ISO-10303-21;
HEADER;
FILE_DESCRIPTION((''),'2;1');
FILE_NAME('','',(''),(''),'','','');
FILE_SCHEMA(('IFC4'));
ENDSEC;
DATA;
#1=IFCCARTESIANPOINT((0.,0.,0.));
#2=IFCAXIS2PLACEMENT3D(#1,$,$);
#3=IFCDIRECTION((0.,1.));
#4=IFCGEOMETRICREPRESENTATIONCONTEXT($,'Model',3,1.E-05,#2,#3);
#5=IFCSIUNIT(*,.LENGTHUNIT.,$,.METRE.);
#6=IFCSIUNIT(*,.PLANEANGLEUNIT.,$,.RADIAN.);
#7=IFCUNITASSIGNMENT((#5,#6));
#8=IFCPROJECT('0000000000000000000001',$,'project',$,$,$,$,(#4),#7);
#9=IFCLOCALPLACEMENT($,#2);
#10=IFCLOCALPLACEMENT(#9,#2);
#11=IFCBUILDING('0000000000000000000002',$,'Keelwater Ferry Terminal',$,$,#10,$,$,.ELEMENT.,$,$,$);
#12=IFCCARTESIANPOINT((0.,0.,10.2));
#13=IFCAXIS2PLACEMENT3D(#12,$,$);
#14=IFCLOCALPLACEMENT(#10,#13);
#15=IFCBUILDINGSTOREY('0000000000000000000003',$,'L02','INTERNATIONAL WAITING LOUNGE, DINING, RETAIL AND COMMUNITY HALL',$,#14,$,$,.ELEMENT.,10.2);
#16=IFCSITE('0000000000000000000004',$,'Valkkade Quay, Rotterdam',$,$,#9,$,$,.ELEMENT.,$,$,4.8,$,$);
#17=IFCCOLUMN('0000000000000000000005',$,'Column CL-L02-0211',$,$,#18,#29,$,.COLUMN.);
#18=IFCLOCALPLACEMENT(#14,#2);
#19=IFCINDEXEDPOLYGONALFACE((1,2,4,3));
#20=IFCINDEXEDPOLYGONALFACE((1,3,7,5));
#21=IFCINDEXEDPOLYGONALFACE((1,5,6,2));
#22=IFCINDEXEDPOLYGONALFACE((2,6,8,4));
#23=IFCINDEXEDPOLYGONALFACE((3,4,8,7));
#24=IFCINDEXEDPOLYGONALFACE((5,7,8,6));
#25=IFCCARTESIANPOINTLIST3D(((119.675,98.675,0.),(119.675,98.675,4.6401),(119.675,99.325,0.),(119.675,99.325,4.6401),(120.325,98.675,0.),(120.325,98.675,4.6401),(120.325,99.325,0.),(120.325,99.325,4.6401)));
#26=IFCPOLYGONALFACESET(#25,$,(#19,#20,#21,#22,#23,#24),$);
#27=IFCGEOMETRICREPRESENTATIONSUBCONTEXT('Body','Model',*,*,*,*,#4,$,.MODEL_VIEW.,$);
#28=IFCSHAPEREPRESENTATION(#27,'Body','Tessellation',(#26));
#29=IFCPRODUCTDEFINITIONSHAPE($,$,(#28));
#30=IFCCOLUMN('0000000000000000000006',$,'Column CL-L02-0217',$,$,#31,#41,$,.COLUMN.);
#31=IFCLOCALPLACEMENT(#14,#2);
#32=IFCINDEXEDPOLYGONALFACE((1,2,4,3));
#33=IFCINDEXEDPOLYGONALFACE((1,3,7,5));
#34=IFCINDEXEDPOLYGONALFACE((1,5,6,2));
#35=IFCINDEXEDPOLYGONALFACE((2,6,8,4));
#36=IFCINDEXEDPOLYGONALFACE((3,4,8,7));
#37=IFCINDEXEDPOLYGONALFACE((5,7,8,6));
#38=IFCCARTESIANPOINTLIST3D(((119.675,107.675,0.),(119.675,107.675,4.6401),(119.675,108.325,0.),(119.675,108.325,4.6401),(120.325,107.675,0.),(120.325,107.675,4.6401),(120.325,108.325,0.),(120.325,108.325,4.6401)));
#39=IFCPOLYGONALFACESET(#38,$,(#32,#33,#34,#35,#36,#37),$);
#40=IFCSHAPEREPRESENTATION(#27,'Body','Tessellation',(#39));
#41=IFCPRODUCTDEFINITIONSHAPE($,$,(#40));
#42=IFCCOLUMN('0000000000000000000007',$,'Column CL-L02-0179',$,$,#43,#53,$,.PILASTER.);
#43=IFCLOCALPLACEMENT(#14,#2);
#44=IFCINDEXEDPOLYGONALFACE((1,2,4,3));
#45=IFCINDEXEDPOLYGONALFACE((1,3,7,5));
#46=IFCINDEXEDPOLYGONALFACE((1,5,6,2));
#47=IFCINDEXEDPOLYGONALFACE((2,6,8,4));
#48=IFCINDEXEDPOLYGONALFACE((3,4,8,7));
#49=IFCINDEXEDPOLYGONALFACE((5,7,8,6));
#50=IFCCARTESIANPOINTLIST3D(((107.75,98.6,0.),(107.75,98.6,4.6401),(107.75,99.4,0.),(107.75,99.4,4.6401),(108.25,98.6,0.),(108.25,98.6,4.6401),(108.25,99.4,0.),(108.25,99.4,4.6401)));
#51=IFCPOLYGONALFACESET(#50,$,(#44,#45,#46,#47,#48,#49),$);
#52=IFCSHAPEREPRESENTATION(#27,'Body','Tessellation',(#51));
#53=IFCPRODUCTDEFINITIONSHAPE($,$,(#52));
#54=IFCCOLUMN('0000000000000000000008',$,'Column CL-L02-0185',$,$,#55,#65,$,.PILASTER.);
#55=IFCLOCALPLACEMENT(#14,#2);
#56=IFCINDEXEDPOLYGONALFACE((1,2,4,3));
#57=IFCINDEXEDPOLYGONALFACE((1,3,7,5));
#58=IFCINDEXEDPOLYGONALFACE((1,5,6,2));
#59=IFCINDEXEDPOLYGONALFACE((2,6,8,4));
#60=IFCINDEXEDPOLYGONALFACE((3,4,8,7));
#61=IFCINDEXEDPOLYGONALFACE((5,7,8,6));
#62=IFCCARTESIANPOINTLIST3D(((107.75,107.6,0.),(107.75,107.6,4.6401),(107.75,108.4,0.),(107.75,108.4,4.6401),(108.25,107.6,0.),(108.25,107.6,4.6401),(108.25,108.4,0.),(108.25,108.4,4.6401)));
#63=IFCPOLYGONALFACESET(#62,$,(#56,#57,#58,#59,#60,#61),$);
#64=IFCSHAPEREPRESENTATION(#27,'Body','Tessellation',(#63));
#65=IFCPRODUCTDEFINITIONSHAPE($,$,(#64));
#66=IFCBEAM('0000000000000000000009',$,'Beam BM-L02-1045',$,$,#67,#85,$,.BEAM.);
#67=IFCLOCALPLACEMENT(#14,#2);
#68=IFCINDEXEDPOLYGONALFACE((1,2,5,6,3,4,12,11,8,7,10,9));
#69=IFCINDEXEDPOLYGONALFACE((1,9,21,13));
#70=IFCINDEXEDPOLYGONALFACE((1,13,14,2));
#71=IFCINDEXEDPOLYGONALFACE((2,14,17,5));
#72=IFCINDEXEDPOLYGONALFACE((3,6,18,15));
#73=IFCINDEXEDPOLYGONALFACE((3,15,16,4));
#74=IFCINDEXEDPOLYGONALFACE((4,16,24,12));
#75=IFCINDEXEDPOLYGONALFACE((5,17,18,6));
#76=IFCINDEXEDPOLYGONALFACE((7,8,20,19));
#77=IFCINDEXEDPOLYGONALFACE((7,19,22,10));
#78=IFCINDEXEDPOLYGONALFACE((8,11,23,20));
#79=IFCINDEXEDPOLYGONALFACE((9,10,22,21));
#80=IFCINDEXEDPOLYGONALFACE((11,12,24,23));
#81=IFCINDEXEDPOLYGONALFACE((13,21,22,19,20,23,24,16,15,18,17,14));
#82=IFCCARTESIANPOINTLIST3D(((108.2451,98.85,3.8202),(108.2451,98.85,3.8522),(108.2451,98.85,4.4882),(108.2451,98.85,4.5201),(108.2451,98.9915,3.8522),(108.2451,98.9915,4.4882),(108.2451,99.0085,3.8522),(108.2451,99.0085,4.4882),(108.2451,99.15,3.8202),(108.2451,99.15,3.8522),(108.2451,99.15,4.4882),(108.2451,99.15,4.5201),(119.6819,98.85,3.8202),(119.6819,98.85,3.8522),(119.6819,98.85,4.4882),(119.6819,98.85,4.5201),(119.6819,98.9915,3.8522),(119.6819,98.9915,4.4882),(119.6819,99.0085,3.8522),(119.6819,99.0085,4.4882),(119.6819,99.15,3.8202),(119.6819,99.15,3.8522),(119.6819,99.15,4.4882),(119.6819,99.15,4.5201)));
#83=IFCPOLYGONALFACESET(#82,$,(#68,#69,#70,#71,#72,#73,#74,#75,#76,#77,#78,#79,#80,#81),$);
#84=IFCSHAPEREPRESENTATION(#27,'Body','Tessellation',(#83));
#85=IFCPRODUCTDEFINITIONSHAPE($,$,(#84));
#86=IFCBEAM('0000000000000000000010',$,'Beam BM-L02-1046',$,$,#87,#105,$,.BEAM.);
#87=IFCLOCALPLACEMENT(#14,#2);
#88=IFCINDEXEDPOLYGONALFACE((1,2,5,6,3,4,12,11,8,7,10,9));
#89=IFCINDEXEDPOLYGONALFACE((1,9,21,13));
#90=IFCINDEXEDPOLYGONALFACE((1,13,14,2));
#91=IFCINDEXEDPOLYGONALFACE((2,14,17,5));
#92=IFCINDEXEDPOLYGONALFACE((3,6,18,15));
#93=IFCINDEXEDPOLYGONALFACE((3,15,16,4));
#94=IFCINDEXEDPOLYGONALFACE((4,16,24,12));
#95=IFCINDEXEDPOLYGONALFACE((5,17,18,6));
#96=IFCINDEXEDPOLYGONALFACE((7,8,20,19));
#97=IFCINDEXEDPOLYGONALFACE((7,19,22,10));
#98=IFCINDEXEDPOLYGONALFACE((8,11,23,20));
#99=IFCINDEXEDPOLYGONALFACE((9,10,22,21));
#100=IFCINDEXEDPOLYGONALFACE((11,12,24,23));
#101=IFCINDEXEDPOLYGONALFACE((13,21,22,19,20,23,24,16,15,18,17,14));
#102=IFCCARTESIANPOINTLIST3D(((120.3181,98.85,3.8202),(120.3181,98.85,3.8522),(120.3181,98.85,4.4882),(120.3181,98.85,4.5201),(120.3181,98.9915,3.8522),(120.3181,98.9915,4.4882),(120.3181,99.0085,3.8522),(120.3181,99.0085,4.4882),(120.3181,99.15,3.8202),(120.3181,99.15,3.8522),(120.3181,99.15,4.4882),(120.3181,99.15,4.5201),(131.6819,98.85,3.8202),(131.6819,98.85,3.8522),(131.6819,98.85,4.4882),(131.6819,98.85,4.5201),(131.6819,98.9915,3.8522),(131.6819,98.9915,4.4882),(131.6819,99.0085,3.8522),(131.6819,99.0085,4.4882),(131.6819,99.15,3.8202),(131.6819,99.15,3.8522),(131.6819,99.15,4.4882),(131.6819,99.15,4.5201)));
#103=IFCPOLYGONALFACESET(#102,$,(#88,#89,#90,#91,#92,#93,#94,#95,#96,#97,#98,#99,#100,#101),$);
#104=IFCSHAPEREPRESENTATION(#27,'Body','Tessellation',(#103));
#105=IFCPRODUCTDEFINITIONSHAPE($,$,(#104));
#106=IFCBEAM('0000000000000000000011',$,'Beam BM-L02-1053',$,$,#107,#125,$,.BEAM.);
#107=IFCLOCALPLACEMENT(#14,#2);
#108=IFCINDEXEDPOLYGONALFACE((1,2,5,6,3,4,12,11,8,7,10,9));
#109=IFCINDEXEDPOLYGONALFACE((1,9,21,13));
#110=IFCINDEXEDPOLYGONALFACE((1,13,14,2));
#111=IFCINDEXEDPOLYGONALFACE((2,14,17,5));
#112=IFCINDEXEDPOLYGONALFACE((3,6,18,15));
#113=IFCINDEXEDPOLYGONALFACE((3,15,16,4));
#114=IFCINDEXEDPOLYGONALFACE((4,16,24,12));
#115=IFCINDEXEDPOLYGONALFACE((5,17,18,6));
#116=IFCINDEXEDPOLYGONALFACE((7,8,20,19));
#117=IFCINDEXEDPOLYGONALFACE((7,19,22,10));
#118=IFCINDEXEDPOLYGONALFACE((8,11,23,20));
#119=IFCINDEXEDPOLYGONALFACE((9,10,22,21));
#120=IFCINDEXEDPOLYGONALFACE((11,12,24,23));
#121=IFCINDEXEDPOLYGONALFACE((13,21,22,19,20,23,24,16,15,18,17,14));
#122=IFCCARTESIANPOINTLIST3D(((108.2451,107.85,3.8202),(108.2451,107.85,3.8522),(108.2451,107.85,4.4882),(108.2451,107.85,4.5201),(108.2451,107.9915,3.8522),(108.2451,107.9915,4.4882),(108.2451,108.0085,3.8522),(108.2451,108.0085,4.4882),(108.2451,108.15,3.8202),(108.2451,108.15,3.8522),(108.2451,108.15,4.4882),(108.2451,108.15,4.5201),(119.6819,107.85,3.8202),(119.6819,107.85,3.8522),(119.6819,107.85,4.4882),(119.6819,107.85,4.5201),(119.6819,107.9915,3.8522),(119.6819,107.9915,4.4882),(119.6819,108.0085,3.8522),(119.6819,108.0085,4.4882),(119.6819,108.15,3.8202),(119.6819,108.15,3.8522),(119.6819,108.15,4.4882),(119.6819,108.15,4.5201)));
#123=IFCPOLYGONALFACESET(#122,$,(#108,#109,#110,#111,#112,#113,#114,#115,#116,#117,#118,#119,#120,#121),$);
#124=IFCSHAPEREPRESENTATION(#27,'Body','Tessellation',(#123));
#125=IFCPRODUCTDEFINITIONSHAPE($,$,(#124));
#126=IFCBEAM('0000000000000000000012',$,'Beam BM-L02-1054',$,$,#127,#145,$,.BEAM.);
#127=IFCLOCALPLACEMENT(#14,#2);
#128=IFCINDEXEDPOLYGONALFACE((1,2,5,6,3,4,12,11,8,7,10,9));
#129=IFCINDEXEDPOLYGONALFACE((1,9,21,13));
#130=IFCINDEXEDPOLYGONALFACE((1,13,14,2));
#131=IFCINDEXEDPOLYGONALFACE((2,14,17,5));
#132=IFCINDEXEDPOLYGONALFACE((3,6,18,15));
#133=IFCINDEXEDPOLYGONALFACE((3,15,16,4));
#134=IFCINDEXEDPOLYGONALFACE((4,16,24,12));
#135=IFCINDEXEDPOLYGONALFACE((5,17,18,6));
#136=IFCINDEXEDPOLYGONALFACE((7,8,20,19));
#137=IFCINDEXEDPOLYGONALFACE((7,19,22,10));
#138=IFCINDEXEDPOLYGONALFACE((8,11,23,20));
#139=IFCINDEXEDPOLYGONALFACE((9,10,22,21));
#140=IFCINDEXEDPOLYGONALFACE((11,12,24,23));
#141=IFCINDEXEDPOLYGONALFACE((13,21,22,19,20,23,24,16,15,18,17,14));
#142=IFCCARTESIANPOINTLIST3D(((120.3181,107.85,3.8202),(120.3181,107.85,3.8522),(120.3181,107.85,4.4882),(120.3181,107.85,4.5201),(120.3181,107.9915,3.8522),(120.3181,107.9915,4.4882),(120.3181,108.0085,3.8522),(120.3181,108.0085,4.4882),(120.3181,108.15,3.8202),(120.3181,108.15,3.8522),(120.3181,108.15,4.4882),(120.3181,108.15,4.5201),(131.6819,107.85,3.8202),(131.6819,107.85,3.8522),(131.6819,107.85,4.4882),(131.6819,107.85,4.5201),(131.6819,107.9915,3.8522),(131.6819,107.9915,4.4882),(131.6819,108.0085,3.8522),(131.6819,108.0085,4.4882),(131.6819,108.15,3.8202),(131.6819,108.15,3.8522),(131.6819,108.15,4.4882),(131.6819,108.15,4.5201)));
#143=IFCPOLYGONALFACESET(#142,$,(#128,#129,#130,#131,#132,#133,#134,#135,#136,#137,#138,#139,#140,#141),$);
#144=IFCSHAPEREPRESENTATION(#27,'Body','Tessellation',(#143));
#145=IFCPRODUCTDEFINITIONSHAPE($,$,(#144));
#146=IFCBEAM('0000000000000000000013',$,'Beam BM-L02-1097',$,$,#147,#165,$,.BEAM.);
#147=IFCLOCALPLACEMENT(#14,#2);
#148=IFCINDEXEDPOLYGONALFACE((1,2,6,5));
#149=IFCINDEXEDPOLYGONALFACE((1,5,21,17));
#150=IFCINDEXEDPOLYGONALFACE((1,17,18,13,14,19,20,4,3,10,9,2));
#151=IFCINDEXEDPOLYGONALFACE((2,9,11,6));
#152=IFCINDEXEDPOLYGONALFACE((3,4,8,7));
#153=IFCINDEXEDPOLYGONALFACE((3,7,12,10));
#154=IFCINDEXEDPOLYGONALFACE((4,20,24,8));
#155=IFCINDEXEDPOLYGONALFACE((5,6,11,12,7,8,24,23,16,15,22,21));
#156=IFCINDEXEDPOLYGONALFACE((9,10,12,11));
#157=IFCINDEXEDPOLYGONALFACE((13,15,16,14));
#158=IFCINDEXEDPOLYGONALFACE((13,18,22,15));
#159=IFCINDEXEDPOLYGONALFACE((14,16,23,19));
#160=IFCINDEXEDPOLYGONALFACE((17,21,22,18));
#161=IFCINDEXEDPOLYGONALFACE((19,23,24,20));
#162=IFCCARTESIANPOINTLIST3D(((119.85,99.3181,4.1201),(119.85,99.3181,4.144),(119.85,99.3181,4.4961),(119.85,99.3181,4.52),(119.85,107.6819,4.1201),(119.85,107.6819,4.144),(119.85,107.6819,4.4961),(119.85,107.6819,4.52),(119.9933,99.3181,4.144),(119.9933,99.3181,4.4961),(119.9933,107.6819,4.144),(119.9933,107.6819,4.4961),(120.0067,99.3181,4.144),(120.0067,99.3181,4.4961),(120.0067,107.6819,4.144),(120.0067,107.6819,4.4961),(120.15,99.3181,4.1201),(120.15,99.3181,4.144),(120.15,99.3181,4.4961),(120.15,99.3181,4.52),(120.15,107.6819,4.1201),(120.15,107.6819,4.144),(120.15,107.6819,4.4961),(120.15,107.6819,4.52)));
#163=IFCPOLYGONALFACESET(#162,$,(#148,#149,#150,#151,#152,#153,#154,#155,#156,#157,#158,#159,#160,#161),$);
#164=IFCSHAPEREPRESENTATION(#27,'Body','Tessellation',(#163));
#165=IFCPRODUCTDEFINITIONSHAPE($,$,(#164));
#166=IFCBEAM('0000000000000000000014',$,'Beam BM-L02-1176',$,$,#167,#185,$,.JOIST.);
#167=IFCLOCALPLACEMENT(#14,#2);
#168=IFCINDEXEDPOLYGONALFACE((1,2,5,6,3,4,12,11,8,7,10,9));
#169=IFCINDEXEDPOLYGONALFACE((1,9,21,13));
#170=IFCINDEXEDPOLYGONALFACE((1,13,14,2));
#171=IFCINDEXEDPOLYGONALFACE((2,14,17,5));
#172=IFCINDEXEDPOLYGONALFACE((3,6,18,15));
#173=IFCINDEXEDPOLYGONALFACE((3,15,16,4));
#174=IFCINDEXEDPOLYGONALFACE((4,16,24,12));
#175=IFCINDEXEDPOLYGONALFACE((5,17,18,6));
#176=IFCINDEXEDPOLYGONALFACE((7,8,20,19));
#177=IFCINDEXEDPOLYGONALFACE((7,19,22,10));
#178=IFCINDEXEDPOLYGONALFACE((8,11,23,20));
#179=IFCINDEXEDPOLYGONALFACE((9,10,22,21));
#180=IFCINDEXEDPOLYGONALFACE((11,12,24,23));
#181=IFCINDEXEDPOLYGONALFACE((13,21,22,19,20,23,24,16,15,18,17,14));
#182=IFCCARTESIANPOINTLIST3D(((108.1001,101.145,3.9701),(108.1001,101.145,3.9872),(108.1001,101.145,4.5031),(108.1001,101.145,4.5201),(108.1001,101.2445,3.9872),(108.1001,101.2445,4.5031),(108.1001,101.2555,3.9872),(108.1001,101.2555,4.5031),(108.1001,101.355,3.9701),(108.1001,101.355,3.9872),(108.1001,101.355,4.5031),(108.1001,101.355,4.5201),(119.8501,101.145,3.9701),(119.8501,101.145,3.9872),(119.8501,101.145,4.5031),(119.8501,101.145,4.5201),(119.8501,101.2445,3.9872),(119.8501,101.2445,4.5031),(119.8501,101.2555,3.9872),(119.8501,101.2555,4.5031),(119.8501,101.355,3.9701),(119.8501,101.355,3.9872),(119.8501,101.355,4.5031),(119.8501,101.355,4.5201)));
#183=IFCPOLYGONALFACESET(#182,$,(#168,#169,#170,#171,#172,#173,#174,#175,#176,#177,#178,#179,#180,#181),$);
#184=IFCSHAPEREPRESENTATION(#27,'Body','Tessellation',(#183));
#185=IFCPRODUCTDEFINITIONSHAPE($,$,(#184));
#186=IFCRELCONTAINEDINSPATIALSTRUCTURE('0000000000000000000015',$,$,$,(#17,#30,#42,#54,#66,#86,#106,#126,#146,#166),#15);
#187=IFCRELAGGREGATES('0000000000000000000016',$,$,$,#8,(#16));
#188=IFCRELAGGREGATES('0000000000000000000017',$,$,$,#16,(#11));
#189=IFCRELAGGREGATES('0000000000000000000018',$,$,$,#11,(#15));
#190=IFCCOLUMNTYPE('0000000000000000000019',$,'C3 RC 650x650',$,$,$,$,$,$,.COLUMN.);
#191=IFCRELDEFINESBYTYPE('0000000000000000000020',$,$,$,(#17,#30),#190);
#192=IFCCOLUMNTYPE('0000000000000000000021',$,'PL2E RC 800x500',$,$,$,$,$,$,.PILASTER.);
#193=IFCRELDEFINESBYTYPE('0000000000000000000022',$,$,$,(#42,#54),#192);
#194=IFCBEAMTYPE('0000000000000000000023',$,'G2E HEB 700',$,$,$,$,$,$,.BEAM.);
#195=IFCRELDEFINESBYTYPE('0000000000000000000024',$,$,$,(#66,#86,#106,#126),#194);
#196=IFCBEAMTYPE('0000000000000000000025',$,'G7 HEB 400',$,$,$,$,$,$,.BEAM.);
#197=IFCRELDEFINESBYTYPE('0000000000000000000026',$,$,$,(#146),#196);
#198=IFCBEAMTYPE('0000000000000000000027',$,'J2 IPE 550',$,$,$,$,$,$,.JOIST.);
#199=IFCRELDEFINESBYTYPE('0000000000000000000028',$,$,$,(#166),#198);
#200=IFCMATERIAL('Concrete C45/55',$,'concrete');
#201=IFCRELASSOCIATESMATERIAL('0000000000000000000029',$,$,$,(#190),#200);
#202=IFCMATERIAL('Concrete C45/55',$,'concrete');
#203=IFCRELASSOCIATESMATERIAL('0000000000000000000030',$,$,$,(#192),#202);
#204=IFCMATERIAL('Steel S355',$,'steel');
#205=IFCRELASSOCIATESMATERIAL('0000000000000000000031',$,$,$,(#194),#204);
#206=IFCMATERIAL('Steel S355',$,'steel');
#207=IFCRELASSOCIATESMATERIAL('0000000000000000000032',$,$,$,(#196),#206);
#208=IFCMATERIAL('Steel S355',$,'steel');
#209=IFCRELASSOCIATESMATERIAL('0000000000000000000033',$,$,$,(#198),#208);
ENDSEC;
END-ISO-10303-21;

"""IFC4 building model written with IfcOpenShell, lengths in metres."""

from ifc_helpers import new_model, si_unit, direction, frame, origin, origin_2d, place, context, subcontext, project, spatial, rectangle, i_section, extrude, material, material_profile, profile_set, type_object, element, save


model = new_model("IFC4")

# Units and contexts
model_context = context("Model", 3, precision=1e-05, world=origin(), true_north=direction((0.0, 1.0)))
body_context = subcontext(model_context, "Body", "Model", "MODEL_VIEW")
ifc_project = project(units=[si_unit("LENGTHUNIT", "METRE"), si_unit("PLANEANGLEUNIT", "RADIAN")], contexts=[model_context])

# Site, building, storey
site_placement = place(None, origin())
site = spatial("IfcSite", under=ifc_project, at=site_placement, Name="Valkkade Quay, Rotterdam", CompositionType="ELEMENT", RefElevation=4.8)
building_placement = place(site_placement, origin())
building = spatial("IfcBuilding", under=site, at=building_placement, Name="Keelwater Ferry Terminal", CompositionType="ELEMENT")
storey_placement = place(building_placement, frame((0.0, 0.0, 10.2)))
storey = spatial("IfcBuildingStorey", under=building, at=storey_placement, Name="L02", Description="INTERNATIONAL WAITING LOUNGE, DINING, RETAIL AND COMMUNITY HALL", CompositionType="ELEMENT", Elevation=10.2)

# Columns
ifc_material_1 = material(Name="Concrete C45/55", Category="concrete")
ifc_material_profile_1 = material_profile(ifc_material_1, rectangle(XDim=0.6499, YDim=0.6499, at=origin_2d()), Name="RC 650x650")
ifc_profile_set_1 = profile_set([ifc_material_profile_1], Name="Concrete C45/55")
column_type_1 = type_object("IfcColumnType", Name="C3 RC 650x650", PredefinedType="COLUMN", material=ifc_profile_set_1)
for number, where, z_axis, x_axis, name in (
    (1, (120.0, 99.0, 0.0), (0.0, 0.0, 1.0), (1.0, 0.0, 0.0), "Column CL-L02-0211"),
    (2, (120.0, 108.0, 0.0), (0.0, 0.0, 1.0), (1.0, 0.0, 0.0), "Column CL-L02-0217"),
):
    element("IfcColumn", number, at=place(storey_placement, frame(where, z_axis=z_axis, x_axis=x_axis)), inside=storey, type_object=column_type_1, Name=name, PredefinedType="COLUMN", context=body_context, shape_type="SweptSolid", body=[
        extrude(rectangle(XDim=0.6499, YDim=0.6499, at=origin_2d()), origin(), (0.0, 0.0, 1.0), 4.6401),
    ])
ifc_material_2 = material(Name="Concrete C45/55", Category="concrete")
ifc_material_profile_2 = material_profile(ifc_material_2, rectangle(XDim=0.5, YDim=0.8, at=origin_2d()), Name="RC 800x500")
ifc_profile_set_2 = profile_set([ifc_material_profile_2], Name="Concrete C45/55")
column_type_2 = type_object("IfcColumnType", Name="PL2E RC 800x500", PredefinedType="PILASTER", material=ifc_profile_set_2)
for number, where, z_axis, x_axis, name in (
    (3, (108.0, 99.0, 0.0), (0.0, 0.0, 1.0), (1.0, 0.0, 0.0), "Column CL-L02-0179"),
    (4, (108.0, 108.0, 0.0), (0.0, 0.0, 1.0), (1.0, 0.0, 0.0), "Column CL-L02-0185"),
):
    element("IfcColumn", number, at=place(storey_placement, frame(where, z_axis=z_axis, x_axis=x_axis)), inside=storey, type_object=column_type_2, Name=name, PredefinedType="PILASTER", context=body_context, shape_type="SweptSolid", body=[
        extrude(rectangle(XDim=0.5, YDim=0.8, at=origin_2d()), origin(), (0.0, 0.0, 1.0), 4.6401),
    ])

# Beams
ifc_material_3 = material(Name="Steel S355", Category="steel")
ifc_material_profile_3 = material_profile(ifc_material_3, i_section(OverallWidth=0.3, OverallDepth=0.7, WebThickness=0.0171, FlangeThickness=0.032, at=origin_2d()), Name="HEB 700")
ifc_profile_set_3 = profile_set([ifc_material_profile_3], Name="Steel S355")
beam_type_1 = type_object("IfcBeamType", Name="G2E HEB 700", PredefinedType="BEAM", material=ifc_profile_set_3)
beam_1_placement = place(storey_placement, frame((108.2451, 99.0, 4.1702), z_axis=(1.0, 0.0, 0.0), x_axis=(0.0, 1.0, 0.0)))
element("IfcBeam", 5, at=beam_1_placement, inside=storey, type_object=beam_type_1, Name="Beam BM-L02-1045", PredefinedType="BEAM", context=body_context, shape_type="SweptSolid", body=[
    extrude(i_section(OverallWidth=0.3, OverallDepth=0.7, WebThickness=0.0171, FlangeThickness=0.032, at=origin_2d()), origin(), (0.0, 0.0, 1.0), 11.4368),
])
beam_2_placement = place(storey_placement, frame((120.3181, 99.0, 4.1702), z_axis=(1.0, 0.0, 0.0), x_axis=(0.0, 1.0, 0.0)))
element("IfcBeam", 6, at=beam_2_placement, inside=storey, type_object=beam_type_1, Name="Beam BM-L02-1046", PredefinedType="BEAM", context=body_context, shape_type="SweptSolid", body=[
    extrude(i_section(OverallWidth=0.3, OverallDepth=0.7, WebThickness=0.0171, FlangeThickness=0.032, at=origin_2d()), origin(), (0.0, 0.0, 1.0), 11.3638),
])
beam_3_placement = place(storey_placement, frame((108.2451, 108.0, 4.1702), z_axis=(1.0, 0.0, 0.0), x_axis=(0.0, 1.0, 0.0)))
element("IfcBeam", 7, at=beam_3_placement, inside=storey, type_object=beam_type_1, Name="Beam BM-L02-1053", PredefinedType="BEAM", context=body_context, shape_type="SweptSolid", body=[
    extrude(i_section(OverallWidth=0.3, OverallDepth=0.7, WebThickness=0.0171, FlangeThickness=0.032, at=origin_2d()), origin(), (0.0, 0.0, 1.0), 11.4368),
])
beam_4_placement = place(storey_placement, frame((120.3181, 108.0, 4.1702), z_axis=(1.0, 0.0, 0.0), x_axis=(0.0, 1.0, 0.0)))
element("IfcBeam", 8, at=beam_4_placement, inside=storey, type_object=beam_type_1, Name="Beam BM-L02-1054", PredefinedType="BEAM", context=body_context, shape_type="SweptSolid", body=[
    extrude(i_section(OverallWidth=0.3, OverallDepth=0.7, WebThickness=0.0171, FlangeThickness=0.032, at=origin_2d()), origin(), (0.0, 0.0, 1.0), 11.3638),
])
ifc_material_4 = material(Name="Steel S355", Category="steel")
ifc_material_profile_4 = material_profile(ifc_material_4, i_section(OverallWidth=0.3, OverallDepth=0.3999, WebThickness=0.0134, FlangeThickness=0.0239, at=origin_2d()), Name="HEB 400")
ifc_profile_set_4 = profile_set([ifc_material_profile_4], Name="Steel S355")
beam_type_2 = type_object("IfcBeamType", Name="G7 HEB 400", PredefinedType="BEAM", material=ifc_profile_set_4)
beam_5_placement = place(storey_placement, frame((120.0, 99.3181, 4.3201), z_axis=(0.0, 1.0, 0.0), x_axis=(-1.0, 0.0, 0.0)))
element("IfcBeam", 9, at=beam_5_placement, inside=storey, type_object=beam_type_2, Name="Beam BM-L02-1097", PredefinedType="BEAM", context=body_context, shape_type="SweptSolid", body=[
    extrude(i_section(OverallWidth=0.3, OverallDepth=0.3999, WebThickness=0.0134, FlangeThickness=0.0239, at=origin_2d()), origin(), (0.0, 0.0, 1.0), 8.3638),
])
ifc_material_5 = material(Name="Steel S355", Category="steel")
ifc_material_profile_5 = material_profile(ifc_material_5, i_section(OverallWidth=0.21, OverallDepth=0.55, WebThickness=0.011, FlangeThickness=0.0171, at=origin_2d()), Name="IPE 550")
ifc_profile_set_5 = profile_set([ifc_material_profile_5], Name="Steel S355")
beam_type_3 = type_object("IfcBeamType", Name="J2 IPE 550", PredefinedType="JOIST", material=ifc_profile_set_5)
for number, where, z_axis, x_axis, name in (
    (10, (108.1001, 101.25, 4.2451), (1.0, 0.0, 0.0), (0.0, 1.0, 0.0), "Beam BM-L02-1176"),
):
    element("IfcBeam", number, at=place(storey_placement, frame(where, z_axis=z_axis, x_axis=x_axis)), inside=storey, type_object=beam_type_3, Name=name, PredefinedType="JOIST", context=body_context, shape_type="SweptSolid", body=[
        extrude(i_section(OverallWidth=0.21, OverallDepth=0.55, WebThickness=0.011, FlangeThickness=0.0171, at=origin_2d()), origin(), (0.0, 0.0, 1.0), 11.75),
    ])

save(model, "model.ifc")
